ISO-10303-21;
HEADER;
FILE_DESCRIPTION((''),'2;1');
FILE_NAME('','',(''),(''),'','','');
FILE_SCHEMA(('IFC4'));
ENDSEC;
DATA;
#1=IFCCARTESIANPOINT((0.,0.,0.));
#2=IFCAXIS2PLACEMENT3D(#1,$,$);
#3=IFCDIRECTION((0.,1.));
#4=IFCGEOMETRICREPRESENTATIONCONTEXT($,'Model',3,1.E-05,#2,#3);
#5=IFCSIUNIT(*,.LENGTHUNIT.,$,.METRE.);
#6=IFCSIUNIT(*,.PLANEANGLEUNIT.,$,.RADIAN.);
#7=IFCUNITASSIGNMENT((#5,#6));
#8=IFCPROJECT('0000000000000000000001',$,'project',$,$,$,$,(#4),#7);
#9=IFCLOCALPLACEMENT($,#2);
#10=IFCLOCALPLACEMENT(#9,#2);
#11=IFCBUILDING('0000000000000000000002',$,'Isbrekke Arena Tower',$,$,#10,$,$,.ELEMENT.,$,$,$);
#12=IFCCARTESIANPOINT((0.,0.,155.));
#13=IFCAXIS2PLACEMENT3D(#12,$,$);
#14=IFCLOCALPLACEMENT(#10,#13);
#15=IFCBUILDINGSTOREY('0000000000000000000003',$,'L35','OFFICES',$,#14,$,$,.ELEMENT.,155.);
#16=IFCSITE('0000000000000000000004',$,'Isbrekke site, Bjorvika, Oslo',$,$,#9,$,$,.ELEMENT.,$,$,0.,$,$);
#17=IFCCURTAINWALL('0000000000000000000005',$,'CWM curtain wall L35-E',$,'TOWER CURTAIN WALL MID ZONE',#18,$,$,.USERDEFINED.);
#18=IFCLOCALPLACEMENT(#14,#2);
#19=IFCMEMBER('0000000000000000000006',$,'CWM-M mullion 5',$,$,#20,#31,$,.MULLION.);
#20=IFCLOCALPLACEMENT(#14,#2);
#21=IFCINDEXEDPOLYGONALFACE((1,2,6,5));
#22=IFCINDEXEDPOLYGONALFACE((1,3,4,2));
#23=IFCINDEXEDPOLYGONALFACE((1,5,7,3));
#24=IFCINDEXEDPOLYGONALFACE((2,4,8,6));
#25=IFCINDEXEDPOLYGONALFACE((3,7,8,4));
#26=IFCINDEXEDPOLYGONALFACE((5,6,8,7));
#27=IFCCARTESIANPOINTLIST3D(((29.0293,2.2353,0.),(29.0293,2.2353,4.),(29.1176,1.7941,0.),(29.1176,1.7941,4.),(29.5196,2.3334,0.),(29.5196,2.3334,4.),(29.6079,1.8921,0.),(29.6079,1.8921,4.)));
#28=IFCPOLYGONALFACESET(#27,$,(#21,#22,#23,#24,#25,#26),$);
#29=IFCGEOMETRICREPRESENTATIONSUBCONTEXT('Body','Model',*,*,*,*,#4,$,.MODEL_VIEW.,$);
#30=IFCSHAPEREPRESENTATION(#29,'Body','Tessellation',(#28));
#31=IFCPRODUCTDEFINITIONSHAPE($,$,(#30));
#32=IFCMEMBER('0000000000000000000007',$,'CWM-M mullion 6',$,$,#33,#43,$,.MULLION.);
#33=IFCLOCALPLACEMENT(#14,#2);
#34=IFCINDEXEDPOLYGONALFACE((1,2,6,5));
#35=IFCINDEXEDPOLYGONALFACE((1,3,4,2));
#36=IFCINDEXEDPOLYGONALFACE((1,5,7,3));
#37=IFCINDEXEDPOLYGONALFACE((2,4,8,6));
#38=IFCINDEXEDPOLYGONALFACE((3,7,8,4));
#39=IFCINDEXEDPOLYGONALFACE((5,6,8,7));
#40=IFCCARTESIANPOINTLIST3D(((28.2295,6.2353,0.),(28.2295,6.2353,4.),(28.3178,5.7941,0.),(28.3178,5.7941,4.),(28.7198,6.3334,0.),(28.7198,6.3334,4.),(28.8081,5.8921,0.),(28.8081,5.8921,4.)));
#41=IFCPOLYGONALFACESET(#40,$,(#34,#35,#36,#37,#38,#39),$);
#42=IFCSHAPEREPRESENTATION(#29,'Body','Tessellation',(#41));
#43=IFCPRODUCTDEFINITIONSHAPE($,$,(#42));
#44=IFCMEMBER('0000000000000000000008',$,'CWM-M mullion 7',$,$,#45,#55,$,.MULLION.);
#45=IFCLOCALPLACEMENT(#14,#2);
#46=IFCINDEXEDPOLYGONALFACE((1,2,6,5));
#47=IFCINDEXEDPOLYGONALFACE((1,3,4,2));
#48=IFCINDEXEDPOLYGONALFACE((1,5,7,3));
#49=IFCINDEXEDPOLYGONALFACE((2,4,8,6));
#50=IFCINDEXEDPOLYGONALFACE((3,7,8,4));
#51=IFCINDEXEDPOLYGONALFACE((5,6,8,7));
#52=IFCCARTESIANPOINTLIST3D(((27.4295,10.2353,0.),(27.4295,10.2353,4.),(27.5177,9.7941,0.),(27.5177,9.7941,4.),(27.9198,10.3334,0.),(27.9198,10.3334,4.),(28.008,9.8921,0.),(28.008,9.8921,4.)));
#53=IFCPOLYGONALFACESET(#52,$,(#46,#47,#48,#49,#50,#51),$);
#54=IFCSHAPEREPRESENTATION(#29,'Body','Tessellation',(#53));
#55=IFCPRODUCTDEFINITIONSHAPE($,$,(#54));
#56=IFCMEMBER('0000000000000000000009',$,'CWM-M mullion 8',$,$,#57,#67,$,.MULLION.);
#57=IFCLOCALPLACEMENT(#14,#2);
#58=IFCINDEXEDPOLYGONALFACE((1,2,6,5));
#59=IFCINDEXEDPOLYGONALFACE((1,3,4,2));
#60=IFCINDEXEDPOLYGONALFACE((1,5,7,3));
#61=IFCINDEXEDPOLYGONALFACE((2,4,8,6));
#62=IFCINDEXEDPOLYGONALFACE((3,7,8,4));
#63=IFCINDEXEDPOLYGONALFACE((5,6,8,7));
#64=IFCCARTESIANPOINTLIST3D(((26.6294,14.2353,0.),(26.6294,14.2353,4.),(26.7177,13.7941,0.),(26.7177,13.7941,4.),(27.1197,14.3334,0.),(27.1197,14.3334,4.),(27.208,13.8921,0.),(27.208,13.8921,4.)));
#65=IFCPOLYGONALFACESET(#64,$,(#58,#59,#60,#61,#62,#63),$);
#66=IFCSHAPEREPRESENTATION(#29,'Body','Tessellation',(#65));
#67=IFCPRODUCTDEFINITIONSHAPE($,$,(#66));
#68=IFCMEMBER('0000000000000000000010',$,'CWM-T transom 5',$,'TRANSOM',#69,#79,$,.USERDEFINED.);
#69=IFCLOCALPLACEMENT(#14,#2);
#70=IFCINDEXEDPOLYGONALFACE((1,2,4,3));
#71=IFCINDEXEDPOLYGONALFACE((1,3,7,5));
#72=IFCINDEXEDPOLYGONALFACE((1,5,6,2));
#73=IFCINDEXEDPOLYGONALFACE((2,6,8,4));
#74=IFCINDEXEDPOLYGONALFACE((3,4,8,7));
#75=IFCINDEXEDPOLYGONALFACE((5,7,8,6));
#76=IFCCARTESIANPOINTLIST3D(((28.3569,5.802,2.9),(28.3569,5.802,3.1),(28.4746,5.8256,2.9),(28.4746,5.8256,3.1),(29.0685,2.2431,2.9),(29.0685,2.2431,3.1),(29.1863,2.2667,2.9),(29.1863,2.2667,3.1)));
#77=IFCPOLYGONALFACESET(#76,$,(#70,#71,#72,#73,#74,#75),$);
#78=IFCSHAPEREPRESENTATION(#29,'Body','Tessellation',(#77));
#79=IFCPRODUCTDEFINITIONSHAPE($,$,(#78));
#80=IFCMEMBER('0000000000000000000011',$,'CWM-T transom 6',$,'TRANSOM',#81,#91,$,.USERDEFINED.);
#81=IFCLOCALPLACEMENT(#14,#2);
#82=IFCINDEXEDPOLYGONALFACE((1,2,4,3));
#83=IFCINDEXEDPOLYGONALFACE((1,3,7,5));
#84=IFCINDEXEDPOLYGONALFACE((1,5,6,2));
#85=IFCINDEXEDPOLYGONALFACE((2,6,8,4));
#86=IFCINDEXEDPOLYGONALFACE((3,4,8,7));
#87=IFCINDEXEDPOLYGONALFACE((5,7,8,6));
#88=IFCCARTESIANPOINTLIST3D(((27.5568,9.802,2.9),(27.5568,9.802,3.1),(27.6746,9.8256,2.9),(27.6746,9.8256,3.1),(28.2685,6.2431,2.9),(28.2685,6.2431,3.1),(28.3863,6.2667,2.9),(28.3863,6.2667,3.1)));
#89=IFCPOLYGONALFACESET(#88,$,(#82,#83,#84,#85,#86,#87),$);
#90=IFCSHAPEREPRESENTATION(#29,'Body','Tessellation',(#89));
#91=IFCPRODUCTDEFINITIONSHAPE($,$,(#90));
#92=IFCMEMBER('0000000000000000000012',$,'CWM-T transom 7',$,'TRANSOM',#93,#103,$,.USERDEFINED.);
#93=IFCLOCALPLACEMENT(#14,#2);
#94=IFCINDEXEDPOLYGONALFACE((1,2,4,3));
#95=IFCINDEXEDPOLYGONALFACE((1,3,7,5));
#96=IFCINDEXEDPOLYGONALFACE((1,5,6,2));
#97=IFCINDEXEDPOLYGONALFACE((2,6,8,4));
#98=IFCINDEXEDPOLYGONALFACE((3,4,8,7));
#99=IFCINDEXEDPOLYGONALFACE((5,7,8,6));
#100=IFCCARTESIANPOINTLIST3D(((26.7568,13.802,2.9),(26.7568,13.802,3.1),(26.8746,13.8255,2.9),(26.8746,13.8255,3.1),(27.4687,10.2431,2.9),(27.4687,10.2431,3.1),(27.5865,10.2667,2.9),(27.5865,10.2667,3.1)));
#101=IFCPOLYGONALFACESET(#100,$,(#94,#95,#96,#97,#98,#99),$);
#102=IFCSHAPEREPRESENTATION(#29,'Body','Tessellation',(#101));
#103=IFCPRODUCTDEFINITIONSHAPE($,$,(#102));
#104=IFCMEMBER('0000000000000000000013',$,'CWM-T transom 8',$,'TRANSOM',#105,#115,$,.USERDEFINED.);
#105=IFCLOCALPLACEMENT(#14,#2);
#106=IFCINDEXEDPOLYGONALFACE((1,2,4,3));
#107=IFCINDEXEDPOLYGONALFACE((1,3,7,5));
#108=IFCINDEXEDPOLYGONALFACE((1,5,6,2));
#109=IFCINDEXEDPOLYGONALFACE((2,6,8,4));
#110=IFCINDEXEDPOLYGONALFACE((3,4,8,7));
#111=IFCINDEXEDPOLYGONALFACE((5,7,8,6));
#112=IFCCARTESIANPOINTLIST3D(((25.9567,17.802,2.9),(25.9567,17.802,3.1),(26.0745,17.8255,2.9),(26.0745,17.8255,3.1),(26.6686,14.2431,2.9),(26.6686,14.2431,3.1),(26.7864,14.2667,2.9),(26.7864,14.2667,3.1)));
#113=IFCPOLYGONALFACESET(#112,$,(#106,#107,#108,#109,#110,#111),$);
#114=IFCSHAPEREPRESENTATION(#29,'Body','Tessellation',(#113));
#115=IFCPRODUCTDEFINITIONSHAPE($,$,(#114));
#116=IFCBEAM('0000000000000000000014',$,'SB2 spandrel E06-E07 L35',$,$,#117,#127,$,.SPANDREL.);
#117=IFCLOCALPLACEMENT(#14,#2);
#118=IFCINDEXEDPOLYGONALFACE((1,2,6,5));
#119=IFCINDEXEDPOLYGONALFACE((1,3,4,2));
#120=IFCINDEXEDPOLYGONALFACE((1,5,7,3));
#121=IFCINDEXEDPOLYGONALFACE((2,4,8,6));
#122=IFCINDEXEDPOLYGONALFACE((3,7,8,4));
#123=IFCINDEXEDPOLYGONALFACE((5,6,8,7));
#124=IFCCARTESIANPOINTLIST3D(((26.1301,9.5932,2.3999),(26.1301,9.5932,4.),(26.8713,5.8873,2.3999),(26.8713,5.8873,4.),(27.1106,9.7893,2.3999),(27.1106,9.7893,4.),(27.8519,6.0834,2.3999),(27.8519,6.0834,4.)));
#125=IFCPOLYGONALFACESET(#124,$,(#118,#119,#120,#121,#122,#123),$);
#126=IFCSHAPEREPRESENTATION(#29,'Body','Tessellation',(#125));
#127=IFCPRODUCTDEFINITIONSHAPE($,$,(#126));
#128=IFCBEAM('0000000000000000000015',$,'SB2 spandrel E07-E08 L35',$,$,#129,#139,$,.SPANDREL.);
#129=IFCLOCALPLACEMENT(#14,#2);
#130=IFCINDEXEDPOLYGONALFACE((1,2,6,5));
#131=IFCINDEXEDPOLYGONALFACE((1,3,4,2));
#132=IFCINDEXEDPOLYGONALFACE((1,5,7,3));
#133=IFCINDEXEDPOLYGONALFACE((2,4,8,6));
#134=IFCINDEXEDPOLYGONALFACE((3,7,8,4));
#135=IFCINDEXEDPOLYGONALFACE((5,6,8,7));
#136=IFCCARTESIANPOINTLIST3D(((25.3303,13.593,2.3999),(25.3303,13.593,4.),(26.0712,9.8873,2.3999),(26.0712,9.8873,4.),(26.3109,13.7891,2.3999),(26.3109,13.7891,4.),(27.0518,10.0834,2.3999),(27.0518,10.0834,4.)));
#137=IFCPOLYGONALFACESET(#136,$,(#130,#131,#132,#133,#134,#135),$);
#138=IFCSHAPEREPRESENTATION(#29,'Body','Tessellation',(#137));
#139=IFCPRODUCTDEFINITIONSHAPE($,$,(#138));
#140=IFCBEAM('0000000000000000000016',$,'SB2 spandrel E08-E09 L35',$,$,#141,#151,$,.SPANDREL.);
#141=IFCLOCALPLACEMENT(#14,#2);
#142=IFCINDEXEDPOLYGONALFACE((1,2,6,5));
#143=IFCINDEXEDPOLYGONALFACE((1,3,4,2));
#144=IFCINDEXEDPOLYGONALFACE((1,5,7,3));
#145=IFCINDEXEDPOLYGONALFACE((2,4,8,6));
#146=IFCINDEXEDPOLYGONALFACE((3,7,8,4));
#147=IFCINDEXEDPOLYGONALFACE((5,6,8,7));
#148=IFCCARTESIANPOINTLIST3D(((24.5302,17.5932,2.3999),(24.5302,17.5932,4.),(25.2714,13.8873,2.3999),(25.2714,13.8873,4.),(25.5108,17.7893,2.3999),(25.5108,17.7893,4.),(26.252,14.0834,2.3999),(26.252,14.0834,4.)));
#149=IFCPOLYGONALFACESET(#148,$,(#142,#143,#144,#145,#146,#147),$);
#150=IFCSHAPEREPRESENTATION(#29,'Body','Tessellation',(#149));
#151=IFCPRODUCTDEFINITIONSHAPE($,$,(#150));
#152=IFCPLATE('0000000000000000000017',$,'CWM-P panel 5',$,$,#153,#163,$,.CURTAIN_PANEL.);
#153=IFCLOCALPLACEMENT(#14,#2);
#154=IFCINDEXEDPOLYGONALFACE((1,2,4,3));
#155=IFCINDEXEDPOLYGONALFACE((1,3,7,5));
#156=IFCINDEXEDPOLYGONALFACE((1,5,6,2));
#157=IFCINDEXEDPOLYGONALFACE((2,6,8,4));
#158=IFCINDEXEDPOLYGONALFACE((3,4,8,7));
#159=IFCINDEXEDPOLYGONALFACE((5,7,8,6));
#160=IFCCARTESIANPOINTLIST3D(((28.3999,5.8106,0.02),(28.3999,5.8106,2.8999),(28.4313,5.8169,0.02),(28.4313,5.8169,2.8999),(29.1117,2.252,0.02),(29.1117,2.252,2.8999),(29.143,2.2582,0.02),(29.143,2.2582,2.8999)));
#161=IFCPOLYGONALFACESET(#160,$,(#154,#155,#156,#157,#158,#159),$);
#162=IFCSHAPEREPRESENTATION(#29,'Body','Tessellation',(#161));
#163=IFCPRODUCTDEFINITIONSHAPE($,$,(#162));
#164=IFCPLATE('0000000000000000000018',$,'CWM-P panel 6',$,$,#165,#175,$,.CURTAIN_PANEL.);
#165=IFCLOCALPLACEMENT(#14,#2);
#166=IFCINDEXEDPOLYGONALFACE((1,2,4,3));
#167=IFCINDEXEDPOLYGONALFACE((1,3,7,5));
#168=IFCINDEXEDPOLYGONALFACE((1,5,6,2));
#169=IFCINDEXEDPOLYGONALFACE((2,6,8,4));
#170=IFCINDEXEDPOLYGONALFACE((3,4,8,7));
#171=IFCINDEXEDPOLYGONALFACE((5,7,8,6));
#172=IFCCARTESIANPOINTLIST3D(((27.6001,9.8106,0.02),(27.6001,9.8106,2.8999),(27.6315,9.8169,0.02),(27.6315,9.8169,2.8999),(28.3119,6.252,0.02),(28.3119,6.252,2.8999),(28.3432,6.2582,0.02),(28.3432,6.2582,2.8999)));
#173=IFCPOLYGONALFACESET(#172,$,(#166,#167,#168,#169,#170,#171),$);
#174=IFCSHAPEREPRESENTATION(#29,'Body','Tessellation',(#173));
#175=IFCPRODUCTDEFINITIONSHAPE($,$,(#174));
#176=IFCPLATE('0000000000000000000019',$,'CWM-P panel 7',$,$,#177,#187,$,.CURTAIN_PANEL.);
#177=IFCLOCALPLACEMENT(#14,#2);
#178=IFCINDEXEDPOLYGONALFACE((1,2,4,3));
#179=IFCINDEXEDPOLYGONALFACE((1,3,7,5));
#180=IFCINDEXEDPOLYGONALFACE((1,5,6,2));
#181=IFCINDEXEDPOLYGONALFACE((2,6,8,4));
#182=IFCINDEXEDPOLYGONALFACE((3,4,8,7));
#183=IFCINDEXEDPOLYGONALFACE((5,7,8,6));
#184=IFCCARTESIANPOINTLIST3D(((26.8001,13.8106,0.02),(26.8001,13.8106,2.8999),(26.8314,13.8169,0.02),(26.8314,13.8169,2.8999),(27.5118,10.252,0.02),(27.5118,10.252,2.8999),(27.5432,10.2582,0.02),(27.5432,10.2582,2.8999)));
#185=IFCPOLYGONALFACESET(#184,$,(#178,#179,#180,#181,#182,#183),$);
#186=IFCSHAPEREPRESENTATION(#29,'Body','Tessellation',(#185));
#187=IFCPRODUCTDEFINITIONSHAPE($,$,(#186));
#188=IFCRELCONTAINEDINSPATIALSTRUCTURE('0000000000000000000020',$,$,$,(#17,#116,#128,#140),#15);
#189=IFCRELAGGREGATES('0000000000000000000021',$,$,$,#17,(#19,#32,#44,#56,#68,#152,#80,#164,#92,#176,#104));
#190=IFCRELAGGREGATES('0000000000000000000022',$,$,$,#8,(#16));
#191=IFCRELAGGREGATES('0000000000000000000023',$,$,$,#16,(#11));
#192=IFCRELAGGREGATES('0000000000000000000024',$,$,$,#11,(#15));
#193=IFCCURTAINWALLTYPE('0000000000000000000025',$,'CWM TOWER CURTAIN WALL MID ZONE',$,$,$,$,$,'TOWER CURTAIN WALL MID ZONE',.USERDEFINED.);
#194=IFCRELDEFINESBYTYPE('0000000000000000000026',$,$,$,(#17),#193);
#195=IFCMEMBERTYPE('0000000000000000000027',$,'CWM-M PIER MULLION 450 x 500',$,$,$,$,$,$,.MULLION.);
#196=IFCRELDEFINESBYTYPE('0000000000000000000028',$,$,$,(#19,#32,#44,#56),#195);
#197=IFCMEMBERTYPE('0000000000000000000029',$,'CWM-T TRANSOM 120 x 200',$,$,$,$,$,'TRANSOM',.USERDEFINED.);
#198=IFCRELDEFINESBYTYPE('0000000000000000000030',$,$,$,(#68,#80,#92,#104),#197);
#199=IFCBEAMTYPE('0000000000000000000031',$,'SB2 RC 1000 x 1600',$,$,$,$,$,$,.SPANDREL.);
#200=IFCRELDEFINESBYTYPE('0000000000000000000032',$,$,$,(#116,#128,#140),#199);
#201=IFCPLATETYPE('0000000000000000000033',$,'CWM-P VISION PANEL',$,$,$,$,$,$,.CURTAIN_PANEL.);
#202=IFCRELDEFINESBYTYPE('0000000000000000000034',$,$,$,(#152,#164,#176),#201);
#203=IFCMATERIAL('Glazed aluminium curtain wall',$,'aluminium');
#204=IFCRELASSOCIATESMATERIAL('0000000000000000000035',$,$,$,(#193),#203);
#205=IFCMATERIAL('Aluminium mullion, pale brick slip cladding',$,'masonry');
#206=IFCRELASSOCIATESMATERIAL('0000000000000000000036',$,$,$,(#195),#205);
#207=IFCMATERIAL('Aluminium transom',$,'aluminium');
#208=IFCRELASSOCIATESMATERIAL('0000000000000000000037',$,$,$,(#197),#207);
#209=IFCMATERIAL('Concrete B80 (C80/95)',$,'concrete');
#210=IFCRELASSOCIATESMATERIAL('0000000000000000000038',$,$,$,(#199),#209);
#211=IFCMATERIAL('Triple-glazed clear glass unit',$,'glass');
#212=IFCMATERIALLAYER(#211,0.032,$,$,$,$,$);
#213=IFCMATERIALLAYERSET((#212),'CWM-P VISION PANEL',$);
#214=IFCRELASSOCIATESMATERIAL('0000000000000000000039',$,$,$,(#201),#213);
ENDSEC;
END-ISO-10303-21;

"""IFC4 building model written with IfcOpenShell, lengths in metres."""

from ifc_helpers import new_model, si_unit, direction, frame, origin, origin_2d, place, context, subcontext, project, spatial, rectangle, extrude, material, layer, layer_set, material_profile, profile_set, type_object, element, aggregate, save


model = new_model("IFC4")

# Units and contexts
model_context = context("Model", 3, precision=1e-05, world=origin(), true_north=direction((0.0, 1.0)))
body_context = subcontext(model_context, "Body", "Model", "MODEL_VIEW")
ifc_project = project(units=[si_unit("LENGTHUNIT", "METRE"), si_unit("PLANEANGLEUNIT", "RADIAN")], contexts=[model_context])

# Site, building, storey
site_placement = place(None, origin())
site = spatial("IfcSite", under=ifc_project, at=site_placement, Name="Isbrekke site, Bjorvika, Oslo", CompositionType="ELEMENT", RefElevation=0.0)
building_placement = place(site_placement, origin())
building = spatial("IfcBuilding", under=site, at=building_placement, Name="Isbrekke Arena Tower", CompositionType="ELEMENT")
storey_placement = place(building_placement, frame((0.0, 0.0, 155.0)))
storey = spatial("IfcBuildingStorey", under=building, at=storey_placement, Name="L35", Description="OFFICES", CompositionType="ELEMENT", Elevation=155.0)

# Curtain wall, members
ifc_material_1 = material(Name="Glazed aluminium curtain wall", Category="aluminium")
curtain_wall_type = type_object("IfcCurtainWallType", Name="CWM TOWER CURTAIN WALL MID ZONE", ElementType="TOWER CURTAIN WALL MID ZONE", PredefinedType="USERDEFINED", material=ifc_material_1)
curtain_wall_placement = place(storey_placement, origin())
curtain_wall = element("IfcCurtainWall", 1, at=curtain_wall_placement, inside=storey, type_object=curtain_wall_type, Name="CWM curtain wall L35-E", ObjectType="TOWER CURTAIN WALL MID ZONE", PredefinedType="USERDEFINED")
ifc_material_2 = material(Name="Aluminium mullion, pale brick slip cladding", Category="masonry")
ifc_material_profile_1 = material_profile(ifc_material_2, rectangle(XDim=0.45, YDim=0.5, at=origin_2d()), Name="PIER 450X500")
ifc_profile_set_1 = profile_set([ifc_material_profile_1], Name="Aluminium mullion, pale brick slip cladding")
member_type_1 = type_object("IfcMemberType", Name="CWM-M PIER MULLION 450 x 500", PredefinedType="MULLION", material=ifc_profile_set_1)
member_1_placement = place(storey_placement, frame((29.3186, 2.0637, 0.0), z_axis=(0.0, 0.0, 1.0), x_axis=(-0.196116, 0.980581, 0.0)))
member_1 = element("IfcMember", 2, at=member_1_placement, type_object=member_type_1, Name="CWM-M mullion 5", PredefinedType="MULLION", context=body_context, shape_type="SweptSolid", body=[
    extrude(rectangle(XDim=0.45, YDim=0.5, at=origin_2d()), origin(), (0.0, 0.0, 1.0), 4.0),
])
member_2_placement = place(storey_placement, frame((28.5188, 6.0637, 0.0), z_axis=(0.0, 0.0, 1.0), x_axis=(-0.196116, 0.980581, 0.0)))
member_2 = element("IfcMember", 3, at=member_2_placement, type_object=member_type_1, Name="CWM-M mullion 6", PredefinedType="MULLION", context=body_context, shape_type="SweptSolid", body=[
    extrude(rectangle(XDim=0.45, YDim=0.5, at=origin_2d()), origin(), (0.0, 0.0, 1.0), 4.0),
])
member_3_placement = place(storey_placement, frame((27.7188, 10.0637, 0.0), z_axis=(0.0, 0.0, 1.0), x_axis=(-0.196116, 0.980581, 0.0)))
member_3 = element("IfcMember", 4, at=member_3_placement, type_object=member_type_1, Name="CWM-M mullion 7", PredefinedType="MULLION", context=body_context, shape_type="SweptSolid", body=[
    extrude(rectangle(XDim=0.45, YDim=0.5, at=origin_2d()), origin(), (0.0, 0.0, 1.0), 4.0),
])
member_4_placement = place(storey_placement, frame((26.9187, 14.0637, 0.0), z_axis=(0.0, 0.0, 1.0), x_axis=(-0.196116, 0.980581, 0.0)))
member_4 = element("IfcMember", 5, at=member_4_placement, type_object=member_type_1, Name="CWM-M mullion 8", PredefinedType="MULLION", context=body_context, shape_type="SweptSolid", body=[
    extrude(rectangle(XDim=0.45, YDim=0.5, at=origin_2d()), origin(), (0.0, 0.0, 1.0), 4.0),
])
ifc_material_3 = material(Name="Aluminium transom", Category="aluminium")
ifc_material_profile_2 = material_profile(ifc_material_3, rectangle(XDim=0.1201, YDim=0.2, at=origin_2d()), Name="TRANSOM 120X200")
ifc_profile_set_2 = profile_set([ifc_material_profile_2], Name="Aluminium transom")
member_type_2 = type_object("IfcMemberType", Name="CWM-T TRANSOM 120 x 200", ElementType="TRANSOM", PredefinedType="USERDEFINED", material=ifc_profile_set_2)
member_5_placement = place(storey_placement, frame((29.1274, 2.2549, 3.0), z_axis=(-0.19609, 0.980586, 0.0), x_axis=(-0.980586, -0.19609, 0.0)))
member_5 = element("IfcMember", 6, at=member_5_placement, type_object=member_type_2, Name="CWM-T transom 5", ObjectType="TRANSOM", PredefinedType="USERDEFINED", context=body_context, shape_type="SweptSolid", body=[
    extrude(rectangle(XDim=0.1201, YDim=0.2, at=origin_2d()), origin(), (0.0, 0.0, 1.0), 3.6294),
])
member_6_placement = place(storey_placement, frame((28.3274, 6.2549, 3.0), z_axis=(-0.19609, 0.980586, 0.0), x_axis=(-0.980586, -0.19609, 0.0)))
member_6 = element("IfcMember", 7, at=member_6_placement, type_object=member_type_2, Name="CWM-T transom 6", ObjectType="TRANSOM", PredefinedType="USERDEFINED", context=body_context, shape_type="SweptSolid", body=[
    extrude(rectangle(XDim=0.1201, YDim=0.2, at=origin_2d()), origin(), (0.0, 0.0, 1.0), 3.6294),
])
member_7_placement = place(storey_placement, frame((27.5276, 10.2549, 3.0), z_axis=(-0.196155, 0.980573, 0.0), x_axis=(-0.980573, -0.196155, 0.0)))
member_7 = element("IfcMember", 8, at=member_7_placement, type_object=member_type_2, Name="CWM-T transom 7", ObjectType="TRANSOM", PredefinedType="USERDEFINED", context=body_context, shape_type="SweptSolid", body=[
    extrude(rectangle(XDim=0.1201, YDim=0.2, at=origin_2d()), origin(), (0.0, 0.0, 1.0), 3.6294),
])
member_8_placement = place(storey_placement, frame((26.7275, 14.2549, 3.0), z_axis=(-0.196155, 0.980573, 0.0), x_axis=(-0.980573, -0.196155, 0.0)))
member_8 = element("IfcMember", 9, at=member_8_placement, type_object=member_type_2, Name="CWM-T transom 8", ObjectType="TRANSOM", PredefinedType="USERDEFINED", context=body_context, shape_type="SweptSolid", body=[
    extrude(rectangle(XDim=0.1201, YDim=0.2, at=origin_2d()), origin(), (0.0, 0.0, 1.0), 3.6294),
])

# Beams
ifc_material_4 = material(Name="Concrete B80 (C80/95)", Category="concrete")
ifc_material_profile_3 = material_profile(ifc_material_4, rectangle(XDim=1.0, YDim=1.6001, at=origin_2d()), Name="RC 1000x1600")
ifc_profile_set_3 = profile_set([ifc_material_profile_3], Name="Concrete B80 (C80/95)")
beam_type_1 = type_object("IfcBeamType", Name="SB2 RC 1000 x 1600", PredefinedType="SPANDREL", material=ifc_profile_set_3)
beam_1_placement = place(storey_placement, frame((27.3616, 5.9854, 3.2), z_axis=(-0.196129, 0.980578, 0.0), x_axis=(-0.980578, -0.196129, 0.0)))
element("IfcBeam", 10, at=beam_1_placement, inside=storey, type_object=beam_type_1, Name="SB2 spandrel E06-E07 L35", PredefinedType="SPANDREL", context=body_context, shape_type="SweptSolid", body=[
    extrude(rectangle(XDim=1.0, YDim=1.6001, at=origin_2d()), origin(), (0.0, 0.0, 1.0), 3.7793),
])
beam_2_placement = place(storey_placement, frame((26.5615, 9.9854, 3.2), z_axis=(-0.196066, 0.980591, 0.0), x_axis=(-0.980591, -0.196066, 0.0)))
element("IfcBeam", 11, at=beam_2_placement, inside=storey, type_object=beam_type_1, Name="SB2 spandrel E07-E08 L35", PredefinedType="SPANDREL", context=body_context, shape_type="SweptSolid", body=[
    extrude(rectangle(XDim=1.0, YDim=1.6001, at=origin_2d()), origin(), (0.0, 0.0, 1.0), 3.7791),
])
beam_3_placement = place(storey_placement, frame((25.7617, 13.9854, 3.2), z_axis=(-0.196129, 0.980578, 0.0), x_axis=(-0.980578, -0.196129, 0.0)))
element("IfcBeam", 12, at=beam_3_placement, inside=storey, type_object=beam_type_1, Name="SB2 spandrel E08-E09 L35", PredefinedType="SPANDREL", context=body_context, shape_type="SweptSolid", body=[
    extrude(rectangle(XDim=1.0, YDim=1.6001, at=origin_2d()), origin(), (0.0, 0.0, 1.0), 3.7793),
])

# Plates
ifc_material_5 = material(Name="Triple-glazed clear glass unit", Category="glass")
ifc_layer_1 = layer(ifc_material_5, 0.032)
ifc_layer_set_1 = layer_set([ifc_layer_1], Name="CWM-P VISION PANEL")
plate_type = type_object("IfcPlateType", Name="CWM-P VISION PANEL", PredefinedType="CURTAIN_PANEL", material=ifc_layer_set_1)
plate_1_placement = place(storey_placement, frame((28.7715, 4.0344, 0.02), z_axis=(0.0, 0.0, 1.0), x_axis=(-0.196116, 0.980581, 0.0)))
plate_1 = element("IfcPlate", 13, at=plate_1_placement, type_object=plate_type, Name="CWM-P panel 5", PredefinedType="CURTAIN_PANEL", context=body_context, shape_type="SweptSolid", body=[
    extrude(rectangle(XDim=3.6292, YDim=0.032, at=origin_2d()), origin(), (0.0, 0.0, 1.0), 2.8799),
])
plate_2_placement = place(storey_placement, frame((27.9717, 8.0344, 0.02), z_axis=(0.0, 0.0, 1.0), x_axis=(-0.196116, 0.980581, 0.0)))
plate_2 = element("IfcPlate", 14, at=plate_2_placement, type_object=plate_type, Name="CWM-P panel 6", PredefinedType="CURTAIN_PANEL", context=body_context, shape_type="SweptSolid", body=[
    extrude(rectangle(XDim=3.6292, YDim=0.032, at=origin_2d()), origin(), (0.0, 0.0, 1.0), 2.8799),
])
plate_3_placement = place(storey_placement, frame((27.1716, 12.0344, 0.02), z_axis=(0.0, 0.0, 1.0), x_axis=(-0.196116, 0.980581, 0.0)))
plate_3 = element("IfcPlate", 15, at=plate_3_placement, type_object=plate_type, Name="CWM-P panel 7", PredefinedType="CURTAIN_PANEL", context=body_context, shape_type="SweptSolid", body=[
    extrude(rectangle(XDim=3.6292, YDim=0.032, at=origin_2d()), origin(), (0.0, 0.0, 1.0), 2.8799),
])
aggregate(curtain_wall, [member_1, member_2, member_3, member_4, member_5, plate_1, member_6, plate_2, member_7, plate_3, member_8])

save(model, "model.ifc")
